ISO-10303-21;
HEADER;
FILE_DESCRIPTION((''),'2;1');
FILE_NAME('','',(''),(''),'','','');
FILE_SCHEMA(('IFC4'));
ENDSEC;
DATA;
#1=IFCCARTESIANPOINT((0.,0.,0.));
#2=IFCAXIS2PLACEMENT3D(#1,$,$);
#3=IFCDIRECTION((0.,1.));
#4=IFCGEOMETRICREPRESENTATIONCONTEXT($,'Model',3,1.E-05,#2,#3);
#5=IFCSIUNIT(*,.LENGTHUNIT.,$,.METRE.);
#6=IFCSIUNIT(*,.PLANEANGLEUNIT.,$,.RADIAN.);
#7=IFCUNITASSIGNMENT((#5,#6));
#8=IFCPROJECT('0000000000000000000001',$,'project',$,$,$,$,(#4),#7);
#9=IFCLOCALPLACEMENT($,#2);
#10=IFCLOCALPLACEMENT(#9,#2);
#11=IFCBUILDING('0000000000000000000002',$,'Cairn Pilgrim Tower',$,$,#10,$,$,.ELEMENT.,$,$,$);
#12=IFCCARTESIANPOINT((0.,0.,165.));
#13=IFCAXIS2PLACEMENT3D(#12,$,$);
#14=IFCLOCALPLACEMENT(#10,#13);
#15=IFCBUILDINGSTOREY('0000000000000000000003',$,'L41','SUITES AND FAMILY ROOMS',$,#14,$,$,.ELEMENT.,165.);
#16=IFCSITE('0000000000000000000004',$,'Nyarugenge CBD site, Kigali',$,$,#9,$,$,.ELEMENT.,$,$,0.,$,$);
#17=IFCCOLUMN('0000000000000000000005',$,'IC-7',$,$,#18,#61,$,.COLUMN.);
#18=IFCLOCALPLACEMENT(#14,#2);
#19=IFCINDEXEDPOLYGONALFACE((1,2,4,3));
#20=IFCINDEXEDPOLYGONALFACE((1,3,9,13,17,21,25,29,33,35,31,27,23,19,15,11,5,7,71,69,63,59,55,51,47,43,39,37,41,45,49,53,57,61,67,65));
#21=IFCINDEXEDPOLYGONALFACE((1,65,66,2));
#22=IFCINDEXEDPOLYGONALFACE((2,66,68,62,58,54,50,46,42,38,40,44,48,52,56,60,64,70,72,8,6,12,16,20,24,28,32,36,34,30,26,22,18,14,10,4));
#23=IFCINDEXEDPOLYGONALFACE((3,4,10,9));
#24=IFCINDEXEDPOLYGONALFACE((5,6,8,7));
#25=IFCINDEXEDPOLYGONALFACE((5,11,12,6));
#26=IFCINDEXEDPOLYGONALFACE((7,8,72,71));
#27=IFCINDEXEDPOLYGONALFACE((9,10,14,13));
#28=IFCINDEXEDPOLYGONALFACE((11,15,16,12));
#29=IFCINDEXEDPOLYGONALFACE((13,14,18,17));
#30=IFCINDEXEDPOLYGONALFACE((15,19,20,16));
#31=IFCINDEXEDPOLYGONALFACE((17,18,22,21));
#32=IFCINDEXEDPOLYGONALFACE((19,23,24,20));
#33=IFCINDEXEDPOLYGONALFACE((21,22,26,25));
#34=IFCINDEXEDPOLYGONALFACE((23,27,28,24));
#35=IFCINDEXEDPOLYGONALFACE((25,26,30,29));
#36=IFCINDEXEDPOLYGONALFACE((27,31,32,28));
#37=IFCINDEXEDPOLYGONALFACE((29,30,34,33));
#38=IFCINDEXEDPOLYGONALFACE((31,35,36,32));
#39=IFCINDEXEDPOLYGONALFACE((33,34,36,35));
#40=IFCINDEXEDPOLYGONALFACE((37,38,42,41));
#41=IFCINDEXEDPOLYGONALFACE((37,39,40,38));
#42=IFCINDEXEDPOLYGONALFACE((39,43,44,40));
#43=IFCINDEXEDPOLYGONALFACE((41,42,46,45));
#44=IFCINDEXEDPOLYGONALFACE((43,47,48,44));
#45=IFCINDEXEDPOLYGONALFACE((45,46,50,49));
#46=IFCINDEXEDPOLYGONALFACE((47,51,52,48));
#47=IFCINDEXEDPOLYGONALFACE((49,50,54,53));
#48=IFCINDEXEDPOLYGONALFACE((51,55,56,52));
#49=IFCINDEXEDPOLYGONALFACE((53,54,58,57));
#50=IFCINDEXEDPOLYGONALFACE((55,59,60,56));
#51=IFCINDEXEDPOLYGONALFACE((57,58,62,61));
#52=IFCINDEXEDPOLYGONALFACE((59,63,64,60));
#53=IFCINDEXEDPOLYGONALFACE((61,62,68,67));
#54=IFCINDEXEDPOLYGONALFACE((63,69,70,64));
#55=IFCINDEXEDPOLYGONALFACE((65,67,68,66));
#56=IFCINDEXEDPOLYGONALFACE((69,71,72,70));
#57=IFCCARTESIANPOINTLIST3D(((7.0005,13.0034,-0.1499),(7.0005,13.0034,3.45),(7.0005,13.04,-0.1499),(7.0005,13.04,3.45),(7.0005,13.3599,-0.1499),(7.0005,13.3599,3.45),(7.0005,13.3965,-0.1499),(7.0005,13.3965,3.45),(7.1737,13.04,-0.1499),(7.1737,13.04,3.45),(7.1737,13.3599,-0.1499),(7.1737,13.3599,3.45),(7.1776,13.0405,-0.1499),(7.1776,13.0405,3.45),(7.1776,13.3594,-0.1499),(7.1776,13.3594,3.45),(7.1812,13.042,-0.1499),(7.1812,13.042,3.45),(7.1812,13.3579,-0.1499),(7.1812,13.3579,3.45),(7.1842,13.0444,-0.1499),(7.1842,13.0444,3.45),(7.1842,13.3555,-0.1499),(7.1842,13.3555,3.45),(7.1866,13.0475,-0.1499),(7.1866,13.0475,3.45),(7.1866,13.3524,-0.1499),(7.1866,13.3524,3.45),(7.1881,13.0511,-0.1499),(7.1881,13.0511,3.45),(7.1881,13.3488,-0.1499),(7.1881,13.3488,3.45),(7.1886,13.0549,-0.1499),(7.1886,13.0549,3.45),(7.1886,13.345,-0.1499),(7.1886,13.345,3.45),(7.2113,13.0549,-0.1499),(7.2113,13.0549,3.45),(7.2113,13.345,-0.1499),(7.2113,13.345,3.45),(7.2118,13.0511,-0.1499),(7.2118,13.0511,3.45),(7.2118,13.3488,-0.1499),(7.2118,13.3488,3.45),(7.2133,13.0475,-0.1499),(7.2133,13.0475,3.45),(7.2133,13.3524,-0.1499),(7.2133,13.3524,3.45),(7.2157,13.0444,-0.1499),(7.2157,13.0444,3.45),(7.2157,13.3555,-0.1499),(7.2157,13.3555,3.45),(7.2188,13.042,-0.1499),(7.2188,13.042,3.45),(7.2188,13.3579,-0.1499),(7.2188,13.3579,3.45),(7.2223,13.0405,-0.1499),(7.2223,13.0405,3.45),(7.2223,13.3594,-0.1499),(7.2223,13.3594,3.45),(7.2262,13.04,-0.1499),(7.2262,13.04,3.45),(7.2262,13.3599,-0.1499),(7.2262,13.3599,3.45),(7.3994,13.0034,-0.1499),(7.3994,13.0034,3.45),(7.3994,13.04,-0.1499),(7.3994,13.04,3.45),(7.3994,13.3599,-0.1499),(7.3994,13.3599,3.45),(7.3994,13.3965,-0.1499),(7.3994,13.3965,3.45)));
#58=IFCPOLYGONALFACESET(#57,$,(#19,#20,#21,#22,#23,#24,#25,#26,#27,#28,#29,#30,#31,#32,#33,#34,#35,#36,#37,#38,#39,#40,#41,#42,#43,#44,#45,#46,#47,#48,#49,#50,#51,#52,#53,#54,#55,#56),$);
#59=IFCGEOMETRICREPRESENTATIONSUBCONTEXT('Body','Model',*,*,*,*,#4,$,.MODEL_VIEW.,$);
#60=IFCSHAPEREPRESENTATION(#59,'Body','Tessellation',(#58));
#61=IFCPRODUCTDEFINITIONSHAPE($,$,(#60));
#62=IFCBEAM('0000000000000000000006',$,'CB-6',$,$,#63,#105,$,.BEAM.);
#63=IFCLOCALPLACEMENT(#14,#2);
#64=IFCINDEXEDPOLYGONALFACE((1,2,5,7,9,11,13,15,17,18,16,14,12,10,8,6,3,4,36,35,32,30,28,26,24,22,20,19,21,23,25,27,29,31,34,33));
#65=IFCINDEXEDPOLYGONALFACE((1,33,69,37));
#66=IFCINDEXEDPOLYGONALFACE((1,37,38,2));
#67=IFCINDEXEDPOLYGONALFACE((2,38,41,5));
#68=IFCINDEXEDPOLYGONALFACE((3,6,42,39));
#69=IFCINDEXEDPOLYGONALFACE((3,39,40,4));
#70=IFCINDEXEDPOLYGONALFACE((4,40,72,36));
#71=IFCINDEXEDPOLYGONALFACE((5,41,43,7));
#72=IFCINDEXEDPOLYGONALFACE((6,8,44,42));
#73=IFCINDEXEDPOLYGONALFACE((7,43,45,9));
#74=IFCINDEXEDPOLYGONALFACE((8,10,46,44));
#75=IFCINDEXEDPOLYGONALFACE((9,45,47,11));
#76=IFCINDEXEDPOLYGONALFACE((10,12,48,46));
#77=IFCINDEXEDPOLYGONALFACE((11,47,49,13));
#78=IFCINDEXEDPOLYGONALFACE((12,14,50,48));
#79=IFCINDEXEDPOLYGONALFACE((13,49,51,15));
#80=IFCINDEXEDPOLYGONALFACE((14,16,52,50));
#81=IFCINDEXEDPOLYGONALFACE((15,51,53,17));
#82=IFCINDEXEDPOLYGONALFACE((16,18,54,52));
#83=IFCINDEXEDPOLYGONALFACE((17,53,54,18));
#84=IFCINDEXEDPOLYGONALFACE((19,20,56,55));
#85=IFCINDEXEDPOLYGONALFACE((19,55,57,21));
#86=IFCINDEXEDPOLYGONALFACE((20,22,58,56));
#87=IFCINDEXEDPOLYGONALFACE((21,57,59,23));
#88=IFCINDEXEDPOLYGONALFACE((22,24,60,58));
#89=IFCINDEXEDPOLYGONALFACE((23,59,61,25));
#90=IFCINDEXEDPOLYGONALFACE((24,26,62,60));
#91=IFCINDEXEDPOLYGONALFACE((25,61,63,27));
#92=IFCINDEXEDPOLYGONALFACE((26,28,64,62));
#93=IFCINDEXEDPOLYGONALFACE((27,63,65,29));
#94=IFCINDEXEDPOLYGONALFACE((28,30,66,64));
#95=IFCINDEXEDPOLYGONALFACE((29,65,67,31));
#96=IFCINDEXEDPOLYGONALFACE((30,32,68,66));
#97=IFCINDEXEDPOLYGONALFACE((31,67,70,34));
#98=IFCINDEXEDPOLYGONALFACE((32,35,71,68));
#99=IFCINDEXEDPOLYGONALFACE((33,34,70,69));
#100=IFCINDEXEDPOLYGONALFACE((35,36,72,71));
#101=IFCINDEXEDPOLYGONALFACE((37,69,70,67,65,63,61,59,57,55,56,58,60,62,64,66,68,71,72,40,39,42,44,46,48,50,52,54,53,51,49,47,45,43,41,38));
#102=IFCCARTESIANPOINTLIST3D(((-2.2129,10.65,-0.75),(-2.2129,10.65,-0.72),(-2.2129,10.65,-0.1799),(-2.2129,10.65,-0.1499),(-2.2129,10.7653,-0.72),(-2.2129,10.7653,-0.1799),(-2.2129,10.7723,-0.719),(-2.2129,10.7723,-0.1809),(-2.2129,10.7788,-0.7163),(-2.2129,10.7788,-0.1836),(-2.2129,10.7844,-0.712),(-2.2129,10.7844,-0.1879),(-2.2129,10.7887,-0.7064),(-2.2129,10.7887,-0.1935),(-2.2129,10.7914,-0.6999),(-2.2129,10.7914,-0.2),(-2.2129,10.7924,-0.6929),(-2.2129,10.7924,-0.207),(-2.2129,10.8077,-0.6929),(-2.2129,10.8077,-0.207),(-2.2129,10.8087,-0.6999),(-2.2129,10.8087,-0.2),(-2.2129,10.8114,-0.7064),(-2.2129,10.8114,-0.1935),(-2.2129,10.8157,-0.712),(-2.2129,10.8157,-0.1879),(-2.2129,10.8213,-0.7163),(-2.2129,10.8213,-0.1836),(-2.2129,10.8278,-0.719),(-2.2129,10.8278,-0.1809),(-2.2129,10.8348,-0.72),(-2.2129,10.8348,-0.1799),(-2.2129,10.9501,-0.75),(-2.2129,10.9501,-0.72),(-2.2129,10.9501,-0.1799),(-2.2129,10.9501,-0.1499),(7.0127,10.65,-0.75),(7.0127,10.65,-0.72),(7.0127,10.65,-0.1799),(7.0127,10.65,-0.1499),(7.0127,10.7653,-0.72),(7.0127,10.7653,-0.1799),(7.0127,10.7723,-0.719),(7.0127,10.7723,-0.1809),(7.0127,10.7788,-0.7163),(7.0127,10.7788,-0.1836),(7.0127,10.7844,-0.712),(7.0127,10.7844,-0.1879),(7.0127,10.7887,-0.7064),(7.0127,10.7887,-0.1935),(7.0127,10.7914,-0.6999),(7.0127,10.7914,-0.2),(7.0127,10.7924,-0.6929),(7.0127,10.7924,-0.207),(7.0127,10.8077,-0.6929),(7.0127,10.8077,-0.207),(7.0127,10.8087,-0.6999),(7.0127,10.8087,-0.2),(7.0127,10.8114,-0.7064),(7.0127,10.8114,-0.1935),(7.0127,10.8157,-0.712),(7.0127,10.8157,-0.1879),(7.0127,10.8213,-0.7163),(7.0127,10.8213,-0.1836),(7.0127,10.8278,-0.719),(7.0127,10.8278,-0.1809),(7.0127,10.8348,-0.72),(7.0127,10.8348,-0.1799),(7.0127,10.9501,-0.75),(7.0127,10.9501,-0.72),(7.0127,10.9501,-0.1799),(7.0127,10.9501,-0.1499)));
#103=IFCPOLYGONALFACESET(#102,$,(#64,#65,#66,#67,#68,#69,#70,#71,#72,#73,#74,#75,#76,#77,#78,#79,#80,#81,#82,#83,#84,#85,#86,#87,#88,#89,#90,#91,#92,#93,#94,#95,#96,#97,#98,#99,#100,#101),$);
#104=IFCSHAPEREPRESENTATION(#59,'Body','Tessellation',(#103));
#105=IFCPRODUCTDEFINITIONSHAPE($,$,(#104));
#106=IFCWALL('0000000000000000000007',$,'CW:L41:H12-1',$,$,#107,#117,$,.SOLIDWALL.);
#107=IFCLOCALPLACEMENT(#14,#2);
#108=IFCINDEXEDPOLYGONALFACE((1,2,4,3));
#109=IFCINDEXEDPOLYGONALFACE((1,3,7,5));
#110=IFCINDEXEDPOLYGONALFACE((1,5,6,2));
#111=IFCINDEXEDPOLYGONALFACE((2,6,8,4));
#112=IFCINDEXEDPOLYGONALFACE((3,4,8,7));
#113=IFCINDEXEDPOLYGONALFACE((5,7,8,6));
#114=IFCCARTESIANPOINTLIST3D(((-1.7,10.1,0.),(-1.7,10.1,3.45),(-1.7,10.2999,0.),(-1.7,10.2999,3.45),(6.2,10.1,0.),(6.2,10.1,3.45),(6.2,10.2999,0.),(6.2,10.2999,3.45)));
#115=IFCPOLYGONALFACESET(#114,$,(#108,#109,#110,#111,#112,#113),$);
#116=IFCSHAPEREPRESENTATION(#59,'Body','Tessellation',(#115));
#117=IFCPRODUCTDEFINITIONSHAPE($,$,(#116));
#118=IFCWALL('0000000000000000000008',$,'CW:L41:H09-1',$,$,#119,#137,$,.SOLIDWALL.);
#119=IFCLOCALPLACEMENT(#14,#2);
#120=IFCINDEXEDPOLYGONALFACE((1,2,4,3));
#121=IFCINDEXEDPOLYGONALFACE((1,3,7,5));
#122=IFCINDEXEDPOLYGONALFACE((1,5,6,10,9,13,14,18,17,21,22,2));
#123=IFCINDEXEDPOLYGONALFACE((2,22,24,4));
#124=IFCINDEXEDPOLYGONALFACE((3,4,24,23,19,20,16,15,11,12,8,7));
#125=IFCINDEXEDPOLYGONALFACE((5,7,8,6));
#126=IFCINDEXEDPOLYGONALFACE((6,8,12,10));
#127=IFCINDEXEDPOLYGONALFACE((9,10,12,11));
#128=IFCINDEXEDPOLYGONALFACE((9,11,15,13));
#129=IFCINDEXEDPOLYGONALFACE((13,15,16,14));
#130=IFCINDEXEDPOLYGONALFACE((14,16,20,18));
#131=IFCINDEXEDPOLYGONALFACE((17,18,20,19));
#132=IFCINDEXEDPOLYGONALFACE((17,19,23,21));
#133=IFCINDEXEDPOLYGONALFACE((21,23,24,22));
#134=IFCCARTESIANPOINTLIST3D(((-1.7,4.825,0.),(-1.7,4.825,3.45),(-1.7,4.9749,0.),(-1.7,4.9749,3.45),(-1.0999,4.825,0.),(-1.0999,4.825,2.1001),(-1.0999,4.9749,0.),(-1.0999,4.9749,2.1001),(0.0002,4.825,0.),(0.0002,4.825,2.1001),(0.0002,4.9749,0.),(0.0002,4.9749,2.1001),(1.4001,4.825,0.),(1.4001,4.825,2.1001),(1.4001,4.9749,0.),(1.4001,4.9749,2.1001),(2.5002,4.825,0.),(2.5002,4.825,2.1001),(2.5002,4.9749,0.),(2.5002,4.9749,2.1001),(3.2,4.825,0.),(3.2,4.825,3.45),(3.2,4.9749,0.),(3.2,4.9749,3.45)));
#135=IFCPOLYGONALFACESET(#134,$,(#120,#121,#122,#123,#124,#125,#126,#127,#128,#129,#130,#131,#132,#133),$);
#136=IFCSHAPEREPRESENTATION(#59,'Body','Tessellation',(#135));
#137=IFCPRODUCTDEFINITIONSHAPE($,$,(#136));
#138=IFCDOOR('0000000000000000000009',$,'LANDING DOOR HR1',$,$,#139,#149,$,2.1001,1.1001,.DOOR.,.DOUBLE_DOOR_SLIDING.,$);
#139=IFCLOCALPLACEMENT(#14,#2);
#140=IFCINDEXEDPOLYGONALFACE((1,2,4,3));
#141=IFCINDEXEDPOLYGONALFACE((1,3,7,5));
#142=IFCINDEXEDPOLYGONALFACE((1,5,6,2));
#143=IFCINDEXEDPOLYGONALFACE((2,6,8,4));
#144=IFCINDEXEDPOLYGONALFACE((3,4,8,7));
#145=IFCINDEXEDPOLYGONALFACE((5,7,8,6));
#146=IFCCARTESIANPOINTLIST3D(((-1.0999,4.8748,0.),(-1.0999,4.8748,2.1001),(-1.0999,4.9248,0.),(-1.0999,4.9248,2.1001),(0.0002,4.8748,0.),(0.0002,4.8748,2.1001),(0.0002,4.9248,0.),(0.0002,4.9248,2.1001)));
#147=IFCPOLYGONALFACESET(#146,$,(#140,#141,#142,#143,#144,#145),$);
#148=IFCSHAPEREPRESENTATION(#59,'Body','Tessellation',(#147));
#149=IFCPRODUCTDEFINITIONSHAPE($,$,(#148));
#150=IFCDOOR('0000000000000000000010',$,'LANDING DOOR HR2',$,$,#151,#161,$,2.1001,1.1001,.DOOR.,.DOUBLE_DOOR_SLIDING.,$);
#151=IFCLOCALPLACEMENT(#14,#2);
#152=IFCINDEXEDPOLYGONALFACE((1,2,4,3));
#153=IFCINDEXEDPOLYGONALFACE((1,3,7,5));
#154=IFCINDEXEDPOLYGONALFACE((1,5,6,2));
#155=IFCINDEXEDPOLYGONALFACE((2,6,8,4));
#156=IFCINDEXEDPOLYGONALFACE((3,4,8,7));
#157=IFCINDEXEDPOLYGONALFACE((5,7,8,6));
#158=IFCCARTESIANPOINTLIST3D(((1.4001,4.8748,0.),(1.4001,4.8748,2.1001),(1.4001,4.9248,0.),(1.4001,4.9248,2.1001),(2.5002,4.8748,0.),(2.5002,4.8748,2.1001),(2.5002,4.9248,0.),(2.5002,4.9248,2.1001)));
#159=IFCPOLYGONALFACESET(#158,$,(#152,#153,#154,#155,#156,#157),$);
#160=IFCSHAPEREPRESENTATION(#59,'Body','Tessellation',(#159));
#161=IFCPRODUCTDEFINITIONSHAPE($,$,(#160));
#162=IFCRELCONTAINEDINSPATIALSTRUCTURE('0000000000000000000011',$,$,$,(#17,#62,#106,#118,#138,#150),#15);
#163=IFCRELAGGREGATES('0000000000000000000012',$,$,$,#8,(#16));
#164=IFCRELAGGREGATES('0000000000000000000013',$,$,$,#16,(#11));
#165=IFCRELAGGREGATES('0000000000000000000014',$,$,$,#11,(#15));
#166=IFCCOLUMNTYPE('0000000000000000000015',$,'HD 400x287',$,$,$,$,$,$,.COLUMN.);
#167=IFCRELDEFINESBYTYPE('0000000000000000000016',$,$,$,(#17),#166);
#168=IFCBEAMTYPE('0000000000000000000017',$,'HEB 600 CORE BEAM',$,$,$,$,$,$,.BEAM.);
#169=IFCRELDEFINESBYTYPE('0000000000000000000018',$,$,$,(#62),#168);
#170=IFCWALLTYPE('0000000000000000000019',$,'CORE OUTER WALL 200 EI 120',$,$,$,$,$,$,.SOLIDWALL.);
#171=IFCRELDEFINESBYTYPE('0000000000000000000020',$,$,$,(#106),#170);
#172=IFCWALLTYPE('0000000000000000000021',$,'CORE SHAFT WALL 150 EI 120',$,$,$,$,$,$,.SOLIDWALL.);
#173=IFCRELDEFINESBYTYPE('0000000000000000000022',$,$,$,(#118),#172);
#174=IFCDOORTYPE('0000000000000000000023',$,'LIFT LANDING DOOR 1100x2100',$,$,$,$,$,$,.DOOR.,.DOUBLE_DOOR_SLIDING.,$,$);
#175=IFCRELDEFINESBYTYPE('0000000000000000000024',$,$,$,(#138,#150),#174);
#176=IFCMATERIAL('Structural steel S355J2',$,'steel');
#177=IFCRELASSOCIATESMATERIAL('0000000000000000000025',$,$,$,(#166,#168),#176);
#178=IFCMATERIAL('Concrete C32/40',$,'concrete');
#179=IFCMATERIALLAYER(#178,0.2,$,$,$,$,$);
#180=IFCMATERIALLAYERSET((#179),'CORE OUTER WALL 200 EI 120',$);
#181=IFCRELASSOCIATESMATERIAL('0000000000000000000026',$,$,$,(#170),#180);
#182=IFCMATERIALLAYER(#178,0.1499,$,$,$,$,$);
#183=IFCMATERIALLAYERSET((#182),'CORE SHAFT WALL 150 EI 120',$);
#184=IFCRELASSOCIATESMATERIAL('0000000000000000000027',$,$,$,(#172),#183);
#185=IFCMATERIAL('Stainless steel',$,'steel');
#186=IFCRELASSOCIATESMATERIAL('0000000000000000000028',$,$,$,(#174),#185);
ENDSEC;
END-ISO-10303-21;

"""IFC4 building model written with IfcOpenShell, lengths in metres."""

from ifc_helpers import new_model, si_unit, direction, frame, frame_2d, origin, origin_2d, place, context, subcontext, project, spatial, rectangle, i_section, extrude, material, layer, layer_set, material_profile, profile_set, type_object, element, fill, save


model = new_model("IFC4")

# Units and contexts
model_context = context("Model", 3, precision=1e-05, world=origin(), true_north=direction((0.0, 1.0)))
body_context = subcontext(model_context, "Body", "Model", "MODEL_VIEW")
ifc_project = project(units=[si_unit("LENGTHUNIT", "METRE"), si_unit("PLANEANGLEUNIT", "RADIAN")], contexts=[model_context])

# Site, building, storey
site_placement = place(None, origin())
site = spatial("IfcSite", under=ifc_project, at=site_placement, Name="Nyarugenge CBD site, Kigali", CompositionType="ELEMENT", RefElevation=0.0)
building_placement = place(site_placement, origin())
building = spatial("IfcBuilding", under=site, at=building_placement, Name="Cairn Pilgrim Tower", CompositionType="ELEMENT")
storey_placement = place(building_placement, frame((0.0, 0.0, 165.0)))
storey = spatial("IfcBuildingStorey", under=building, at=storey_placement, Name="L41", Description="SUITES AND FAMILY ROOMS", CompositionType="ELEMENT", Elevation=165.0)

# Column
ifc_material_1 = material(Name="Structural steel S355J2", Category="steel")
ifc_material_profile_1 = material_profile(ifc_material_1, i_section(OverallWidth=0.3989, OverallDepth=0.3931, WebThickness=0.0227, FlangeThickness=0.0366, FilletRadius=0.0149, at=origin_2d()), Name="HD 400x287")
ifc_profile_set_1 = profile_set([ifc_material_profile_1], Name="Structural steel S355J2")
column_type = type_object("IfcColumnType", Name="HD 400x287", PredefinedType="COLUMN", material=ifc_profile_set_1)
column_placement = place(storey_placement, frame((7.2, 13.2, -0.1499), z_axis=(0.0, 0.0, 1.0), x_axis=(1.0, 0.0, 0.0)))
element("IfcColumn", 1, at=column_placement, inside=storey, type_object=column_type, Name="IC-7", PredefinedType="COLUMN", context=body_context, shape_type="SweptSolid", body=[
    extrude(i_section(OverallWidth=0.3989, OverallDepth=0.3931, WebThickness=0.0227, FlangeThickness=0.0366, FilletRadius=0.0149, at=origin_2d()), origin(), (0.0, 0.0, 1.0), 3.5999),
])

# Beam
ifc_material_profile_2 = material_profile(ifc_material_1, i_section(OverallWidth=0.3, OverallDepth=0.6001, WebThickness=0.0154, FlangeThickness=0.03, FilletRadius=0.0271, at=origin_2d()), Name="HEB 600")
ifc_profile_set_2 = profile_set([ifc_material_profile_2], Name="Structural steel S355J2")
beam_type = type_object("IfcBeamType", Name="HEB 600 CORE BEAM", PredefinedType="BEAM", material=ifc_profile_set_2)
beam_placement = place(storey_placement, frame((7.0127, 10.8, -0.45), z_axis=(-1.0, 0.0, 0.0), x_axis=(0.0, -1.0, 0.0)))
element("IfcBeam", 2, at=beam_placement, inside=storey, type_object=beam_type, Name="CB-6", PredefinedType="BEAM", context=body_context, shape_type="SweptSolid", body=[
    extrude(i_section(OverallWidth=0.3, OverallDepth=0.6001, WebThickness=0.0154, FlangeThickness=0.03, FilletRadius=0.0271, at=origin_2d()), origin(), (0.0, 0.0, 1.0), 9.2256),
])

# Wall
ifc_material_2 = material(Name="Concrete C32/40", Category="concrete")
ifc_layer_1 = layer(ifc_material_2, 0.2)
ifc_layer_set_1 = layer_set([ifc_layer_1], Name="CORE OUTER WALL 200 EI 120")
wall_type_1 = type_object("IfcWallType", Name="CORE OUTER WALL 200 EI 120", PredefinedType="SOLIDWALL", material=ifc_layer_set_1)
wall_1_placement = place(storey_placement, frame((-1.7, 10.2, 0.0), z_axis=(0.0, 0.0, 1.0), x_axis=(1.0, 0.0, 0.0)))
element("IfcWall", 3, at=wall_1_placement, inside=storey, type_object=wall_type_1, Name="CW:L41:H12-1", PredefinedType="SOLIDWALL", context=body_context, shape_type="SweptSolid", body=[
    extrude(rectangle(XDim=7.8999, YDim=0.2, at=frame_2d((3.95, 0.0))), origin(), (0.0, 0.0, 1.0), 3.45),
])

# Wall, openings, doors
ifc_layer_2 = layer(ifc_material_2, 0.1499)
ifc_layer_set_2 = layer_set([ifc_layer_2], Name="CORE SHAFT WALL 150 EI 120")
wall_type_2 = type_object("IfcWallType", Name="CORE SHAFT WALL 150 EI 120", PredefinedType="SOLIDWALL", material=ifc_layer_set_2)
wall_2_placement = place(storey_placement, frame((-1.7, 4.8999, 0.0), z_axis=(0.0, 0.0, 1.0), x_axis=(1.0, 0.0, 0.0)))
wall_2 = element("IfcWall", 4, at=wall_2_placement, inside=storey, type_object=wall_type_2, Name="CW:L41:H09-1", PredefinedType="SOLIDWALL", context=body_context, shape_type="SweptSolid", body=[
    extrude(rectangle(XDim=4.8999, YDim=0.1499, at=frame_2d((2.45, 0.0))), origin(), (0.0, 0.0, 1.0), 3.45),
])
opening_1_placement = place(wall_2_placement, frame((0.6001, 0.0, 0.0)))
opening_1 = element("IfcOpeningElement", 5, at=opening_1_placement, cuts=wall_2, PredefinedType="OPENING", context=body_context, shape_type="SweptSolid", body=[
    extrude(rectangle(XDim=1.1001, YDim=2.1001, at=frame_2d((0.55, 1.05))), frame((0.0, 0.085, 0.0), z_axis=(0.0, -1.0, 0.0), x_axis=(1.0, 0.0, 0.0)), (0.0, 0.0, 1.0), 0.1699),
])
opening_2_placement = place(wall_2_placement, frame((3.1001, 0.0, 0.0)))
opening_2 = element("IfcOpeningElement", 6, at=opening_2_placement, cuts=wall_2, PredefinedType="OPENING", context=body_context, shape_type="SweptSolid", body=[
    extrude(rectangle(XDim=1.1001, YDim=2.1001, at=frame_2d((0.55, 1.05))), frame((0.0, 0.085, 0.0), z_axis=(0.0, -1.0, 0.0), x_axis=(1.0, 0.0, 0.0)), (0.0, 0.0, 1.0), 0.1699),
])
ifc_material_3 = material(Name="Stainless steel", Category="steel")
door_type_1 = type_object("IfcDoorType", Name="LIFT LANDING DOOR 1100x2100", OperationType="DOUBLE_DOOR_SLIDING", PredefinedType="DOOR", material=ifc_material_3)
door_1_placement = place(opening_1_placement, origin())
door_1 = element("IfcDoor", 7, at=door_1_placement, inside=storey, type_object=door_type_1, Name="LANDING DOOR HR1", OperationType="DOUBLE_DOOR_SLIDING", OverallHeight=2.1001, OverallWidth=1.1001, PredefinedType="DOOR", context=body_context, shape_type="SweptSolid", body=[
    extrude(rectangle(XDim=1.1001, YDim=2.1001, at=frame_2d((0.55, 1.05))), frame((0.0, 0.0249, 0.0), z_axis=(0.0, -1.0, 0.0), x_axis=(1.0, 0.0, 0.0)), (0.0, 0.0, 1.0), 0.05),
])
fill(opening_1, door_1)
door_2_placement = place(opening_2_placement, origin())
door_2 = element("IfcDoor", 8, at=door_2_placement, inside=storey, type_object=door_type_1, Name="LANDING DOOR HR2", OperationType="DOUBLE_DOOR_SLIDING", OverallHeight=2.1001, OverallWidth=1.1001, PredefinedType="DOOR", context=body_context, shape_type="SweptSolid", body=[
    extrude(rectangle(XDim=1.1001, YDim=2.1001, at=frame_2d((0.55, 1.05))), frame((0.0, 0.0249, 0.0), z_axis=(0.0, -1.0, 0.0), x_axis=(1.0, 0.0, 0.0)), (0.0, 0.0, 1.0), 0.05),
])
fill(opening_2, door_2)

save(model, "model.ifc")
